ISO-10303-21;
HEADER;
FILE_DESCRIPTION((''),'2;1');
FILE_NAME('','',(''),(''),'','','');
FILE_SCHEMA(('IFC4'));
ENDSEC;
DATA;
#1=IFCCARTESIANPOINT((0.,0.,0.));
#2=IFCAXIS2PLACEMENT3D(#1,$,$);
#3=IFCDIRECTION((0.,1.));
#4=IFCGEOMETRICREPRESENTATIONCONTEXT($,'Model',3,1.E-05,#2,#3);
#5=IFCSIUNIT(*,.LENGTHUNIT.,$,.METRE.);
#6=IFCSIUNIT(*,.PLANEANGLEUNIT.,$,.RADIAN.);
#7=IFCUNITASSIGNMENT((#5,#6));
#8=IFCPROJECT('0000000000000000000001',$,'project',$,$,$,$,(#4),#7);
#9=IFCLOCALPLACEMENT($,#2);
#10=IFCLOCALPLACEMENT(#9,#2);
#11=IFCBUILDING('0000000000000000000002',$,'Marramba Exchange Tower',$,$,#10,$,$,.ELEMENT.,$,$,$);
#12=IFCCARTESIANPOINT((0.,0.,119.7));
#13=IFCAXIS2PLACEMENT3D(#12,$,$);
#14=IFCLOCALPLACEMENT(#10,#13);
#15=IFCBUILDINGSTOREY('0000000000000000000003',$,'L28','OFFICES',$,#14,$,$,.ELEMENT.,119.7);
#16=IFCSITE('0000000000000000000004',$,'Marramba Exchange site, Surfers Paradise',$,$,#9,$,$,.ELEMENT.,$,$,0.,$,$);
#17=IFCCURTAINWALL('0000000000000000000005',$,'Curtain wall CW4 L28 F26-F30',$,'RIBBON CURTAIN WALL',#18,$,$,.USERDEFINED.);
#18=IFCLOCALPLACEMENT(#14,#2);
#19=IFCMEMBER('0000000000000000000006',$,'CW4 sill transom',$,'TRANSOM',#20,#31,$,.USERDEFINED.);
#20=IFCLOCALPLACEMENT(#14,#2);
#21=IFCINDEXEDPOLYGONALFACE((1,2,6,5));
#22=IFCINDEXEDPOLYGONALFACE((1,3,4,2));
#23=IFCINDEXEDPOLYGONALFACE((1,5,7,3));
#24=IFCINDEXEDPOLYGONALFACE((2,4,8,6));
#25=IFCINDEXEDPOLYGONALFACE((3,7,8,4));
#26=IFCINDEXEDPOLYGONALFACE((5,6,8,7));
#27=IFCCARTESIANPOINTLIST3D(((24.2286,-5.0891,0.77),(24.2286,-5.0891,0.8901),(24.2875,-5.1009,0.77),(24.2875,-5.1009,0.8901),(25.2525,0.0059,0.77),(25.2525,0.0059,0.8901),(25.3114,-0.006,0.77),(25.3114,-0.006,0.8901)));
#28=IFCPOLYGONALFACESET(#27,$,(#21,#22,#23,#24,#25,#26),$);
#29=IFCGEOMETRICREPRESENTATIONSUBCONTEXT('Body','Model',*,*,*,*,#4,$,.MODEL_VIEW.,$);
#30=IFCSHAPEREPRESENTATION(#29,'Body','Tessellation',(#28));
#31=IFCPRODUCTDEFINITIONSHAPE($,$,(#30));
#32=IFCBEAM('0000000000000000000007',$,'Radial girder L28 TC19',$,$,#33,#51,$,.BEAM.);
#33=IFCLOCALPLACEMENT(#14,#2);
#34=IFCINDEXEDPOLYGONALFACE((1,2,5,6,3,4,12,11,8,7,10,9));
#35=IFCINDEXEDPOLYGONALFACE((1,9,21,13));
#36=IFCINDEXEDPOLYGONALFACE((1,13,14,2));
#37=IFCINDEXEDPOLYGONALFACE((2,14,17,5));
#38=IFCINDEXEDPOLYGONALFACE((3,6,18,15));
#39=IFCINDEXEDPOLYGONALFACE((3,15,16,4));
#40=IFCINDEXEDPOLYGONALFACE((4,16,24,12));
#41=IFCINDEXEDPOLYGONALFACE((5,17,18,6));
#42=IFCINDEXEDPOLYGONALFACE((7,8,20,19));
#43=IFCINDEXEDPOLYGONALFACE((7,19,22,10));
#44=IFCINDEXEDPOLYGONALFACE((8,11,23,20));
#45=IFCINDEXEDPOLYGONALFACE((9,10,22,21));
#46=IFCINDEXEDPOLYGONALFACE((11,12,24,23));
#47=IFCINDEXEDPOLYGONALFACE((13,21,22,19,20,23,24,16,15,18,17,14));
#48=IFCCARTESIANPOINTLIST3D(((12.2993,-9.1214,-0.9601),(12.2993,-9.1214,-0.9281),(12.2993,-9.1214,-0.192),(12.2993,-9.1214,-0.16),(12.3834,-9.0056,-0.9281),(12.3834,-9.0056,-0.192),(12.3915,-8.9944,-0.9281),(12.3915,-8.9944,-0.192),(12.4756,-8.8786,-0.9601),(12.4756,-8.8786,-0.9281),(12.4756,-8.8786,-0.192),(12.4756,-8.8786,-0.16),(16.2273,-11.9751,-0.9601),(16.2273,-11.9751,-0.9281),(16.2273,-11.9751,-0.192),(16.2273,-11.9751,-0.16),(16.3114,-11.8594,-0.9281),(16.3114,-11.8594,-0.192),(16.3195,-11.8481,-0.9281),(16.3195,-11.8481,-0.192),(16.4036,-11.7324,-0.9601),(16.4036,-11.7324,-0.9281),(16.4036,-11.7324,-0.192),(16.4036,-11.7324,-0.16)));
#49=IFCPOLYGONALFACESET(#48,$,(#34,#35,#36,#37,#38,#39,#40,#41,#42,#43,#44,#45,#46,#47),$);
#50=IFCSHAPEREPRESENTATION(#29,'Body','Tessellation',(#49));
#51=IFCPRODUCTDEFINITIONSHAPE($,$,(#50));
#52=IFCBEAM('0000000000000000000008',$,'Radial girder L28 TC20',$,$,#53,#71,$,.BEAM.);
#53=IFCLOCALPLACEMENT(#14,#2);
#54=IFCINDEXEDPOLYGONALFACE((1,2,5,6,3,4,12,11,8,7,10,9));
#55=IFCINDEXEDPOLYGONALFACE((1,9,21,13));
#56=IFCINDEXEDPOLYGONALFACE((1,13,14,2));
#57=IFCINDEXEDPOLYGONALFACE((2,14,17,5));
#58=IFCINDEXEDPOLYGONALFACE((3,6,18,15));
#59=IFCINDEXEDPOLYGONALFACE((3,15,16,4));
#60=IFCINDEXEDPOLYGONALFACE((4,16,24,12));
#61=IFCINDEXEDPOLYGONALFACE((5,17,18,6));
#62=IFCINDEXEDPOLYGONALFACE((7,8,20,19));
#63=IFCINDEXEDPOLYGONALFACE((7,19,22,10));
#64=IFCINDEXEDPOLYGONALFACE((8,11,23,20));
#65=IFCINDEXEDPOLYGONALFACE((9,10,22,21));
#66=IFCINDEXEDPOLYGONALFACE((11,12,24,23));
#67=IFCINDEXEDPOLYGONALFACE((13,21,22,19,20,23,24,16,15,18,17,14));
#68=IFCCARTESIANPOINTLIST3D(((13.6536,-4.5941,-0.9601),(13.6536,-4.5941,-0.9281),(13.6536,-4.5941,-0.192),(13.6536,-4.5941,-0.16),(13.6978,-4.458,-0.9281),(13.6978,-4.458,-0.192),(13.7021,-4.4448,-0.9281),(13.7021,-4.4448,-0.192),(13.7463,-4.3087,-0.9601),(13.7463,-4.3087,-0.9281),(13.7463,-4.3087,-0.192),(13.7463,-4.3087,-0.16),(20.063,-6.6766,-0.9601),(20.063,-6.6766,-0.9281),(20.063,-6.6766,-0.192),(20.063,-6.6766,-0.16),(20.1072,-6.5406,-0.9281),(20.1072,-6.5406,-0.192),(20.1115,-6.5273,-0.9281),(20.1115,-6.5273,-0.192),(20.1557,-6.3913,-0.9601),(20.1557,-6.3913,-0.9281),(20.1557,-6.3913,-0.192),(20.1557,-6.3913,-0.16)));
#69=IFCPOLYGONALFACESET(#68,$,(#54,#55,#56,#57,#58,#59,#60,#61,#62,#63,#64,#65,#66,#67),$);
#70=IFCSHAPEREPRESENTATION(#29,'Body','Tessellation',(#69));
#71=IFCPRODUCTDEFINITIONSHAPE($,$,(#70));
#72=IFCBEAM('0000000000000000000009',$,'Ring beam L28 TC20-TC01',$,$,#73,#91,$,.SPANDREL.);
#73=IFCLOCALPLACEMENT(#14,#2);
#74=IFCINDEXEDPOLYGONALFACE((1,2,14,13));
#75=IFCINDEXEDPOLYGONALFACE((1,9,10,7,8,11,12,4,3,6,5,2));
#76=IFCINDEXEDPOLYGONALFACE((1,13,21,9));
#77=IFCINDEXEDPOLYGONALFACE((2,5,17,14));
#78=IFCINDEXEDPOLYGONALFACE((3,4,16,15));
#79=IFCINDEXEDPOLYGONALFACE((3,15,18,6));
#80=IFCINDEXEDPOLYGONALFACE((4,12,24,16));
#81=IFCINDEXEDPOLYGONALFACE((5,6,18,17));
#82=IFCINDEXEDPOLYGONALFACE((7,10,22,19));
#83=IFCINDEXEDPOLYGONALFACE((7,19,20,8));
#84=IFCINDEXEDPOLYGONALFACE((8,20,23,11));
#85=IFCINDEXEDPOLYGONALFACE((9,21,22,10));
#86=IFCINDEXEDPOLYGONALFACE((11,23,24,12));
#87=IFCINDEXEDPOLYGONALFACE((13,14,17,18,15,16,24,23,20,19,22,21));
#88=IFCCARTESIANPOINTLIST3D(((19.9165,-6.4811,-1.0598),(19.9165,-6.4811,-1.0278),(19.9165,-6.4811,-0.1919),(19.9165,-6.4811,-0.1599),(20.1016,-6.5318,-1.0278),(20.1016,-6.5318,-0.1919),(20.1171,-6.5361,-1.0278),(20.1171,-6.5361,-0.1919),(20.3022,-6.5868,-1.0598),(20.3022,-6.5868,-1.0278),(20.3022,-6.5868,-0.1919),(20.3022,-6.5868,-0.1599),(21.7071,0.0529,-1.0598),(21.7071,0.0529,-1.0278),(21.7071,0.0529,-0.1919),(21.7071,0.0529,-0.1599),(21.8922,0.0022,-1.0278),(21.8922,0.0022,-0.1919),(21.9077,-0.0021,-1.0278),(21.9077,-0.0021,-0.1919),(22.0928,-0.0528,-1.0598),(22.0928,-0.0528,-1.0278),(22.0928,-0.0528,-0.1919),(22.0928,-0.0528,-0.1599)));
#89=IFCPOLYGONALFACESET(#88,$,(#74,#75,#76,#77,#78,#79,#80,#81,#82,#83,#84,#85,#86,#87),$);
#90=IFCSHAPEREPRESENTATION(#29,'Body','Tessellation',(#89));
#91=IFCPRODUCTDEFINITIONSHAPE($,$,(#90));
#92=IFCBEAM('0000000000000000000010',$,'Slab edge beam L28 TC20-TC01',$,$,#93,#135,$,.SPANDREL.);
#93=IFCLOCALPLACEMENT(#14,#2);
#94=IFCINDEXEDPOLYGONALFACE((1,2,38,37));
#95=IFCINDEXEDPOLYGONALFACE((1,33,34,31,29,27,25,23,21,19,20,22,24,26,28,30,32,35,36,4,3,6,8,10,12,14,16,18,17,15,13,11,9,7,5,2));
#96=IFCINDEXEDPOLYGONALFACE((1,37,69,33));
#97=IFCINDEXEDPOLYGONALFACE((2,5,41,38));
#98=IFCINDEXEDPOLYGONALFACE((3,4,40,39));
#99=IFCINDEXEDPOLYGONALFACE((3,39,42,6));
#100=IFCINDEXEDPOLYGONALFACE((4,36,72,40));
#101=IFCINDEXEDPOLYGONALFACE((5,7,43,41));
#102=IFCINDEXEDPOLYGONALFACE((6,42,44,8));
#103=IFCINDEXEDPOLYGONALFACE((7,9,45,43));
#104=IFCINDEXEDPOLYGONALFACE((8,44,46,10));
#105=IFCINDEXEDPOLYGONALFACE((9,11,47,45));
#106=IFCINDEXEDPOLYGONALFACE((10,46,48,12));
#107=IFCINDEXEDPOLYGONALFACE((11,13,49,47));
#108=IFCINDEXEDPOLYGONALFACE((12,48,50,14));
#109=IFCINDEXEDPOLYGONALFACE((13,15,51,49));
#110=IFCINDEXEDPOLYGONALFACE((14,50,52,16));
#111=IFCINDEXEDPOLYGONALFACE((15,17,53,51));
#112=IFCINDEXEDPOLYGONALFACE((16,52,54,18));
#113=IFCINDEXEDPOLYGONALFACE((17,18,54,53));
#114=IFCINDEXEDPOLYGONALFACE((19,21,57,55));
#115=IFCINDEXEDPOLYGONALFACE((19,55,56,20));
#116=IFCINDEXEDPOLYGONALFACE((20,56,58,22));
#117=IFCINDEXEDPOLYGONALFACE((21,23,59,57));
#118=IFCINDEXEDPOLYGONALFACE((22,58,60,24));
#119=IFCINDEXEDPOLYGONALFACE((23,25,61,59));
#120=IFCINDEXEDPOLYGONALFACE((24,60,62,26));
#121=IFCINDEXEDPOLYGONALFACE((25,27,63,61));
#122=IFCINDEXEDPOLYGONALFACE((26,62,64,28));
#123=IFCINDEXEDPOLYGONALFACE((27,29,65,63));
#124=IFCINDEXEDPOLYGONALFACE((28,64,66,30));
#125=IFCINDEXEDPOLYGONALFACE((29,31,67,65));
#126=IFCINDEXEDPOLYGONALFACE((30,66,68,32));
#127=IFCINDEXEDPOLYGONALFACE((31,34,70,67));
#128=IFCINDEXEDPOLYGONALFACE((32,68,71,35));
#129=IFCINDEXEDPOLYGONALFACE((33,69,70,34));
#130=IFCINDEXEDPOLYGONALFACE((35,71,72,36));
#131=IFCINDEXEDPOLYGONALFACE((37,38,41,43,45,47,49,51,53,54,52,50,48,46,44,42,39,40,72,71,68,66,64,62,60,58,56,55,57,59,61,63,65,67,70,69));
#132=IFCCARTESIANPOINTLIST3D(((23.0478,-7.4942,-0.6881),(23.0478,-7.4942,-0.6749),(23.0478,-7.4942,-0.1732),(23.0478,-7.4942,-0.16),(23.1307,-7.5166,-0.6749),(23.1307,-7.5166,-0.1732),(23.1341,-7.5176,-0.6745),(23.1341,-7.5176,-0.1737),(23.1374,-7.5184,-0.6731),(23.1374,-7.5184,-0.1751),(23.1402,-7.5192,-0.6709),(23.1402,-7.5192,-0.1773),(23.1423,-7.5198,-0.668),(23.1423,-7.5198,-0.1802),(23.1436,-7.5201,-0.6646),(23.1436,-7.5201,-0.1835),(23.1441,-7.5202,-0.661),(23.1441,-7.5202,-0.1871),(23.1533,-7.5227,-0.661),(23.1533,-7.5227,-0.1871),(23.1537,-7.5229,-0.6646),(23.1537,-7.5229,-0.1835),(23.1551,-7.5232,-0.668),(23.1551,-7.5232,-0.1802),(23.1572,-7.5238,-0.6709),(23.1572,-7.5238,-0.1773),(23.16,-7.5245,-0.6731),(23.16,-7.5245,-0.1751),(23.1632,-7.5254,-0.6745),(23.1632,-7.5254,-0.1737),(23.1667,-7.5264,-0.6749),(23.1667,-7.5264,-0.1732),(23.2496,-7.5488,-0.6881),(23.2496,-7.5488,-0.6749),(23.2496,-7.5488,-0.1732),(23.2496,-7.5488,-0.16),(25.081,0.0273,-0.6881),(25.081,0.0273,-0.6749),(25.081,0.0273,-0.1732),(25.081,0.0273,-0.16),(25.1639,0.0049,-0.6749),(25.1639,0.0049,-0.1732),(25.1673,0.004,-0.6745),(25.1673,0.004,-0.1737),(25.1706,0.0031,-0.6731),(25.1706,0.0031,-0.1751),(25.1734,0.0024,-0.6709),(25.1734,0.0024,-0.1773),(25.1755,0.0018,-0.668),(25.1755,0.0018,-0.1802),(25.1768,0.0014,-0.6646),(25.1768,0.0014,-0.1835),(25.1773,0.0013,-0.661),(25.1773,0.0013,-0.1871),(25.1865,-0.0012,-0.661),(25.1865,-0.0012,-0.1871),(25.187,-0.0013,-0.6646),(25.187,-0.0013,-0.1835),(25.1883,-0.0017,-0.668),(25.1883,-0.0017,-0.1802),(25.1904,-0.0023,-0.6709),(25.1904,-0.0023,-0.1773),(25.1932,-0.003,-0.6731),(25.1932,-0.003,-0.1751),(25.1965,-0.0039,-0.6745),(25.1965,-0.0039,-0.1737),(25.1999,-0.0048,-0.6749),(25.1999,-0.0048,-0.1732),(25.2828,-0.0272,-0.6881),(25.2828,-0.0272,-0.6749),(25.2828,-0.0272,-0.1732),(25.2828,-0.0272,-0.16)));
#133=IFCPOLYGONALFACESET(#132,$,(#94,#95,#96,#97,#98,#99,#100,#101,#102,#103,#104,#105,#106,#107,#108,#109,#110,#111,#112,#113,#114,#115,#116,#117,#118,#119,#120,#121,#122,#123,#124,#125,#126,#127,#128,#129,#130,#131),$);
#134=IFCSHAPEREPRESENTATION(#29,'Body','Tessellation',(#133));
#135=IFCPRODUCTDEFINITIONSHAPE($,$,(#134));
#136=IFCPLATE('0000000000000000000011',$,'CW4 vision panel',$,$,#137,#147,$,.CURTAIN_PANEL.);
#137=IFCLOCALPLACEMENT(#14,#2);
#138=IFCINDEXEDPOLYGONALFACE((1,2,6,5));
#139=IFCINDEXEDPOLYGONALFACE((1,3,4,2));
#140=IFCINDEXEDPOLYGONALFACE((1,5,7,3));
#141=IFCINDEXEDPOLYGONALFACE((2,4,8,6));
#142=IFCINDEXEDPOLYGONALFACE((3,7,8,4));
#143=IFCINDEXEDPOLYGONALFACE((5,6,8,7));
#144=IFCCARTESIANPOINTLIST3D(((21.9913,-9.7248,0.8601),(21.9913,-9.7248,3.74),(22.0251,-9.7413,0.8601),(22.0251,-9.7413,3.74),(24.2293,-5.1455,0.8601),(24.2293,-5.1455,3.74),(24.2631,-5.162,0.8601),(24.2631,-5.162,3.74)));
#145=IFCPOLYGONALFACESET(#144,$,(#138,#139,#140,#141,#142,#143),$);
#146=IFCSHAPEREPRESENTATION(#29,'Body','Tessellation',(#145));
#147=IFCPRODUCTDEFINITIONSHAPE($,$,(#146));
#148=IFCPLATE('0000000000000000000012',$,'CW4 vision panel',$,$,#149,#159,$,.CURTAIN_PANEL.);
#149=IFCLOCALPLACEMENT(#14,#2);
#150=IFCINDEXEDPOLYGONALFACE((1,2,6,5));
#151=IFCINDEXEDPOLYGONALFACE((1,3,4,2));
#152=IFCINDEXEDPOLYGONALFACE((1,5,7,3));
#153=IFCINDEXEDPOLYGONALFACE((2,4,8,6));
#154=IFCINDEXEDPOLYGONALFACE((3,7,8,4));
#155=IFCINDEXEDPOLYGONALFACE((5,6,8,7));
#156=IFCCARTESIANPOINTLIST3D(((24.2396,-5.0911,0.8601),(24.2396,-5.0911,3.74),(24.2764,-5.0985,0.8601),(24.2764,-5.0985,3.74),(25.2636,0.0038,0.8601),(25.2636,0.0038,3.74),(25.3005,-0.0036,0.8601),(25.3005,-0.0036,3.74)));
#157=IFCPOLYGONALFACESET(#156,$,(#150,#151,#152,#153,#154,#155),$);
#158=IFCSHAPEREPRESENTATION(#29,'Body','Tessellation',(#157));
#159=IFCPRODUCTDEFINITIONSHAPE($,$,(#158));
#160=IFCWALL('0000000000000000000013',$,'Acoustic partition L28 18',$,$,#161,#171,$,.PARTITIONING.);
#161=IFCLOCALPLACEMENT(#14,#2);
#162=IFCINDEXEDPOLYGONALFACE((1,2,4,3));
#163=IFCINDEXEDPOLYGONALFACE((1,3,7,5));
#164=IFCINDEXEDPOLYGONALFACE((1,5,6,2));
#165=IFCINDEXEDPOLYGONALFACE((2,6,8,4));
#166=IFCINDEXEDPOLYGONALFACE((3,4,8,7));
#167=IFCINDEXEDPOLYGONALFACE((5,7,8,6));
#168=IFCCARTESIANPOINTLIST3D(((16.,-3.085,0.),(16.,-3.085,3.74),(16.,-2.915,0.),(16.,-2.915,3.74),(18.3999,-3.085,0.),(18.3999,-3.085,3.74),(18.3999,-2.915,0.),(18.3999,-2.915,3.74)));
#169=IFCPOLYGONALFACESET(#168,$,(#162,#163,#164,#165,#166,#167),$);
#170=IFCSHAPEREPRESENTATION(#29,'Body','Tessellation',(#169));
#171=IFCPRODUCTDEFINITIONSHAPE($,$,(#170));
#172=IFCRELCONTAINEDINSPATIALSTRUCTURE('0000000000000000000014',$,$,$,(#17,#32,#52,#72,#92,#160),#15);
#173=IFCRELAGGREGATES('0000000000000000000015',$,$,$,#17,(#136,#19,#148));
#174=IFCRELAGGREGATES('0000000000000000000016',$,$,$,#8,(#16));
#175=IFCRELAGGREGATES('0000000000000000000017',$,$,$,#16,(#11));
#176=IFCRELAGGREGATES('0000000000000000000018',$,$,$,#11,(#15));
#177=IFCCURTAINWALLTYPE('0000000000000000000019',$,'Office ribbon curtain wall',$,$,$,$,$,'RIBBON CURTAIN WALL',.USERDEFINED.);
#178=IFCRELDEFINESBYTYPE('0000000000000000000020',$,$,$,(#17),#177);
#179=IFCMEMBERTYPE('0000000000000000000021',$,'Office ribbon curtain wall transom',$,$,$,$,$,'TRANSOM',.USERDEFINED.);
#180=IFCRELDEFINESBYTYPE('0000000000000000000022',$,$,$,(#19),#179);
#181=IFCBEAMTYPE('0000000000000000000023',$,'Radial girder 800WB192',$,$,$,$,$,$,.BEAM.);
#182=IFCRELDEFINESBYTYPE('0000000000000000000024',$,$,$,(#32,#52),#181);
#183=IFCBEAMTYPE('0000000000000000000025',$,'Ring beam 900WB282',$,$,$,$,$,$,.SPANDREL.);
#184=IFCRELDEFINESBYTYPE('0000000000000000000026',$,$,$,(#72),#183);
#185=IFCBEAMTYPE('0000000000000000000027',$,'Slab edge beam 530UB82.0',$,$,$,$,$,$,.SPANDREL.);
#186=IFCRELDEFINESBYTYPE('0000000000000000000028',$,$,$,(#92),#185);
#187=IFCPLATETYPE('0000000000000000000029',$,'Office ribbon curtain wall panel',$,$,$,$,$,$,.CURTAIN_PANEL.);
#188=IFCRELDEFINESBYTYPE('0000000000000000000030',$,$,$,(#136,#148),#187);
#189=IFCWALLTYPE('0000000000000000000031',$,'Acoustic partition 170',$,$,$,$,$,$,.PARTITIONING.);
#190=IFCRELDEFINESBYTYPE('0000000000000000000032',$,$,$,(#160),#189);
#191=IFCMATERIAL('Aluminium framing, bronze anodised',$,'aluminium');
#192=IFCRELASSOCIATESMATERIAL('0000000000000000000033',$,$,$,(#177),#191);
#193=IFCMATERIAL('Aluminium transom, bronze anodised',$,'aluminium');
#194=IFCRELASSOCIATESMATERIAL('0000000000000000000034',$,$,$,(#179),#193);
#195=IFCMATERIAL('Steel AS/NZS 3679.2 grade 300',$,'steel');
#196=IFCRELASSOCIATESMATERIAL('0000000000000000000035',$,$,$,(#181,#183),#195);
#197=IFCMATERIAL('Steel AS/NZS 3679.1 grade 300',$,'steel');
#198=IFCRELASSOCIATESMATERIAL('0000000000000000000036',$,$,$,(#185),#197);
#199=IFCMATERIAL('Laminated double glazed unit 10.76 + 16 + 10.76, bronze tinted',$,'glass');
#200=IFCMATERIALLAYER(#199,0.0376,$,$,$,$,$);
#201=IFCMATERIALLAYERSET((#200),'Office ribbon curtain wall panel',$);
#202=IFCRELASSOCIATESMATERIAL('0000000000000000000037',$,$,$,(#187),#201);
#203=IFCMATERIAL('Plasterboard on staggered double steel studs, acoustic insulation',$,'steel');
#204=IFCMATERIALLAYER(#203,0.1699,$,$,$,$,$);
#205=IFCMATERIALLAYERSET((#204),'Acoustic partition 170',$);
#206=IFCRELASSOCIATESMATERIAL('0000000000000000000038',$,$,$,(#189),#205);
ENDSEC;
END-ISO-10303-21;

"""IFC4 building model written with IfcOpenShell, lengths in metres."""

from ifc_helpers import new_model, si_unit, direction, frame, frame_2d, origin, origin_2d, place, context, subcontext, project, spatial, rectangle, i_section, extrude, material, layer, layer_set, material_profile, profile_set, type_object, element, aggregate, save


model = new_model("IFC4")

# Units and contexts
model_context = context("Model", 3, precision=1e-05, world=origin(), true_north=direction((0.0, 1.0)))
body_context = subcontext(model_context, "Body", "Model", "MODEL_VIEW")
ifc_project = project(units=[si_unit("LENGTHUNIT", "METRE"), si_unit("PLANEANGLEUNIT", "RADIAN")], contexts=[model_context])

# Site, building, storey
site_placement = place(None, origin())
site = spatial("IfcSite", under=ifc_project, at=site_placement, Name="Marramba Exchange site, Surfers Paradise", CompositionType="ELEMENT", RefElevation=0.0)
building_placement = place(site_placement, origin())
building = spatial("IfcBuilding", under=site, at=building_placement, Name="Marramba Exchange Tower", CompositionType="ELEMENT")
storey_placement = place(building_placement, frame((0.0, 0.0, 119.7)))
storey = spatial("IfcBuildingStorey", under=building, at=storey_placement, Name="L28", Description="OFFICES", CompositionType="ELEMENT", Elevation=119.7)

# Shared definitions
ifc_material_1 = material(Name="Steel AS/NZS 3679.2 grade 300", Category="steel")
ifc_material_2 = material(Name="Steel AS/NZS 3679.1 grade 300", Category="steel")

# Curtain wall, member
ifc_material_3 = material(Name="Aluminium framing, bronze anodised", Category="aluminium")
curtain_wall_type = type_object("IfcCurtainWallType", Name="Office ribbon curtain wall", ElementType="RIBBON CURTAIN WALL", PredefinedType="USERDEFINED", material=ifc_material_3)
curtain_wall_placement = place(storey_placement, origin())
curtain_wall = element("IfcCurtainWall", 1, at=curtain_wall_placement, inside=storey, type_object=curtain_wall_type, Name="Curtain wall CW4 L28 F26-F30", ObjectType="RIBBON CURTAIN WALL", PredefinedType="USERDEFINED")
ifc_material_4 = material(Name="Aluminium transom, bronze anodised", Category="aluminium")
ifc_material_profile_1 = material_profile(ifc_material_4, rectangle(XDim=0.0601, YDim=0.1201, at=origin_2d()), Name="CW4 transom 60x120")
ifc_profile_set_1 = profile_set([ifc_material_profile_1], Name="Aluminium transom, bronze anodised")
member_type_1 = type_object("IfcMemberType", Name="Office ribbon curtain wall transom", ElementType="TRANSOM", PredefinedType="USERDEFINED", material=ifc_profile_set_1)
member_1_placement = place(storey_placement, frame((24.2581, -5.095, 0.8301), z_axis=(0.197029, 0.980398, 0.0), x_axis=(-0.980398, 0.197029, 0.0)))
member_1 = element("IfcMember", 2, at=member_1_placement, type_object=member_type_1, Name="CW4 sill transom", ObjectType="TRANSOM", PredefinedType="USERDEFINED", context=body_context, shape_type="SweptSolid", body=[
    extrude(rectangle(XDim=0.0601, YDim=0.1201, at=origin_2d()), origin(), (0.0, 0.0, 1.0), 5.1968),
])

# Beams
ifc_material_profile_2 = material_profile(ifc_material_1, i_section(OverallWidth=0.3, OverallDepth=0.8, WebThickness=0.0139, FlangeThickness=0.032, at=origin_2d()), Name="800WB192")
ifc_profile_set_2 = profile_set([ifc_material_profile_2], Name="Steel AS/NZS 3679.2 grade 300")
beam_type_1 = type_object("IfcBeamType", Name="Radial girder 800WB192", PredefinedType="BEAM", material=ifc_profile_set_2)
beam_1_placement = place(storey_placement, frame((12.3875, -9.0, -0.5601), z_axis=(0.809025, -0.587774, 0.0), x_axis=(0.587774, 0.809025, 0.0)))
element("IfcBeam", 3, at=beam_1_placement, inside=storey, type_object=beam_type_1, Name="Radial girder L28 TC19", PredefinedType="BEAM", context=body_context, shape_type="SweptSolid", body=[
    extrude(i_section(OverallWidth=0.3, OverallDepth=0.8, WebThickness=0.0139, FlangeThickness=0.032, at=origin_2d()), origin(), (0.0, 0.0, 1.0), 4.8552),
])
beam_2_placement = place(storey_placement, frame((13.7, -4.4514, -0.5601), z_axis=(0.951058, -0.309013, 0.0), x_axis=(0.309013, 0.951058, 0.0)))
element("IfcBeam", 4, at=beam_2_placement, inside=storey, type_object=beam_type_1, Name="Radial girder L28 TC20", PredefinedType="BEAM", context=body_context, shape_type="SweptSolid", body=[
    extrude(i_section(OverallWidth=0.3, OverallDepth=0.8, WebThickness=0.0139, FlangeThickness=0.032, at=origin_2d()), origin(), (0.0, 0.0, 1.0), 6.7393),
])
ifc_material_profile_3 = material_profile(ifc_material_1, i_section(OverallWidth=0.3999, OverallDepth=0.8999, WebThickness=0.0161, FlangeThickness=0.032, at=origin_2d()), Name="900WB282")
ifc_profile_set_3 = profile_set([ifc_material_profile_3], Name="Steel AS/NZS 3679.2 grade 300")
beam_type_2 = type_object("IfcBeamType", Name="Ring beam 900WB282", PredefinedType="SPANDREL", material=ifc_profile_set_3)
beam_3_placement = place(storey_placement, frame((20.1094, -6.5339, -0.6099), z_axis=(0.264291, 0.964443, 0.0), x_axis=(-0.964443, 0.264291, 0.0)))
element("IfcBeam", 5, at=beam_3_placement, inside=storey, type_object=beam_type_2, Name="Ring beam L28 TC20-TC01", PredefinedType="SPANDREL", context=body_context, shape_type="SweptSolid", body=[
    extrude(i_section(OverallWidth=0.3999, OverallDepth=0.8999, WebThickness=0.0161, FlangeThickness=0.032, at=origin_2d()), origin(), (0.0, 0.0, 1.0), 6.7749),
])
ifc_material_profile_4 = material_profile(ifc_material_2, i_section(OverallWidth=0.209, OverallDepth=0.5281, WebThickness=0.0095, FlangeThickness=0.0132, FilletRadius=0.0139, at=origin_2d()), Name="530UB82.0")
ifc_profile_set_4 = profile_set([ifc_material_profile_4], Name="Steel AS/NZS 3679.1 grade 300")
beam_type_3 = type_object("IfcBeamType", Name="Slab edge beam 530UB82.0", PredefinedType="SPANDREL", material=ifc_profile_set_4)
beam_4_placement = place(storey_placement, frame((23.1487, -7.5215, -0.4241), z_axis=(0.260953, 0.965351, 0.0), x_axis=(-0.965351, 0.260953, 0.0)))
element("IfcBeam", 6, at=beam_4_placement, inside=storey, type_object=beam_type_3, Name="Slab edge beam L28 TC20-TC01", PredefinedType="SPANDREL", context=body_context, shape_type="SweptSolid", body=[
    extrude(i_section(OverallWidth=0.209, OverallDepth=0.5281, WebThickness=0.0095, FlangeThickness=0.0132, FilletRadius=0.0139, at=origin_2d()), origin(), (0.0, 0.0, 1.0), 7.7915),
])

# Plates
ifc_material_5 = material(Name="Laminated double glazed unit 10.76 + 16 + 10.76, bronze tinted", Category="glass")
ifc_layer_1 = layer(ifc_material_5, 0.0376)
ifc_layer_set_1 = layer_set([ifc_layer_1], Name="Office ribbon curtain wall panel")
plate_type = type_object("IfcPlateType", Name="Office ribbon curtain wall panel", PredefinedType="CURTAIN_PANEL", material=ifc_layer_set_1)
plate_1_placement = place(storey_placement, frame((23.1272, -7.4434, 0.8601), z_axis=(0.0, 0.0, 1.0), x_axis=(0.439086, 0.898445, 0.0)))
plate_1 = element("IfcPlate", 7, at=plate_1_placement, type_object=plate_type, Name="CW4 vision panel", PredefinedType="CURTAIN_PANEL", context=body_context, shape_type="SweptSolid", body=[
    extrude(rectangle(XDim=5.0969, YDim=0.0376, at=origin_2d()), origin(), (0.0, 0.0, 1.0), 2.8799),
])
plate_2_placement = place(storey_placement, frame((24.77, -2.5474, 0.8601), z_axis=(0.0, 0.0, 1.0), x_axis=(0.197049, 0.980394, 0.0)))
plate_2 = element("IfcPlate", 8, at=plate_2_placement, type_object=plate_type, Name="CW4 vision panel", PredefinedType="CURTAIN_PANEL", context=body_context, shape_type="SweptSolid", body=[
    extrude(rectangle(XDim=5.1968, YDim=0.0376, at=origin_2d()), origin(), (0.0, 0.0, 1.0), 2.8799),
])
aggregate(curtain_wall, [plate_1, member_1, plate_2])

# Wall
ifc_material_6 = material(Name="Plasterboard on staggered double steel studs, acoustic insulation", Category="steel")
ifc_layer_2 = layer(ifc_material_6, 0.1699)
ifc_layer_set_2 = layer_set([ifc_layer_2], Name="Acoustic partition 170")
wall_type_1 = type_object("IfcWallType", Name="Acoustic partition 170", PredefinedType="PARTITIONING", material=ifc_layer_set_2)
wall_1_placement = place(storey_placement, frame((16.0, -3.0, 0.0), z_axis=(0.0, 0.0, 1.0), x_axis=(1.0, 0.0, 0.0)))
element("IfcWall", 9, at=wall_1_placement, inside=storey, type_object=wall_type_1, Name="Acoustic partition L28 18", PredefinedType="PARTITIONING", context=body_context, shape_type="SweptSolid", body=[
    extrude(rectangle(XDim=2.3999, YDim=0.1699, at=frame_2d((1.2, 0.0))), origin(), (0.0, 0.0, 1.0), 3.74),
])

save(model, "model.ifc")
